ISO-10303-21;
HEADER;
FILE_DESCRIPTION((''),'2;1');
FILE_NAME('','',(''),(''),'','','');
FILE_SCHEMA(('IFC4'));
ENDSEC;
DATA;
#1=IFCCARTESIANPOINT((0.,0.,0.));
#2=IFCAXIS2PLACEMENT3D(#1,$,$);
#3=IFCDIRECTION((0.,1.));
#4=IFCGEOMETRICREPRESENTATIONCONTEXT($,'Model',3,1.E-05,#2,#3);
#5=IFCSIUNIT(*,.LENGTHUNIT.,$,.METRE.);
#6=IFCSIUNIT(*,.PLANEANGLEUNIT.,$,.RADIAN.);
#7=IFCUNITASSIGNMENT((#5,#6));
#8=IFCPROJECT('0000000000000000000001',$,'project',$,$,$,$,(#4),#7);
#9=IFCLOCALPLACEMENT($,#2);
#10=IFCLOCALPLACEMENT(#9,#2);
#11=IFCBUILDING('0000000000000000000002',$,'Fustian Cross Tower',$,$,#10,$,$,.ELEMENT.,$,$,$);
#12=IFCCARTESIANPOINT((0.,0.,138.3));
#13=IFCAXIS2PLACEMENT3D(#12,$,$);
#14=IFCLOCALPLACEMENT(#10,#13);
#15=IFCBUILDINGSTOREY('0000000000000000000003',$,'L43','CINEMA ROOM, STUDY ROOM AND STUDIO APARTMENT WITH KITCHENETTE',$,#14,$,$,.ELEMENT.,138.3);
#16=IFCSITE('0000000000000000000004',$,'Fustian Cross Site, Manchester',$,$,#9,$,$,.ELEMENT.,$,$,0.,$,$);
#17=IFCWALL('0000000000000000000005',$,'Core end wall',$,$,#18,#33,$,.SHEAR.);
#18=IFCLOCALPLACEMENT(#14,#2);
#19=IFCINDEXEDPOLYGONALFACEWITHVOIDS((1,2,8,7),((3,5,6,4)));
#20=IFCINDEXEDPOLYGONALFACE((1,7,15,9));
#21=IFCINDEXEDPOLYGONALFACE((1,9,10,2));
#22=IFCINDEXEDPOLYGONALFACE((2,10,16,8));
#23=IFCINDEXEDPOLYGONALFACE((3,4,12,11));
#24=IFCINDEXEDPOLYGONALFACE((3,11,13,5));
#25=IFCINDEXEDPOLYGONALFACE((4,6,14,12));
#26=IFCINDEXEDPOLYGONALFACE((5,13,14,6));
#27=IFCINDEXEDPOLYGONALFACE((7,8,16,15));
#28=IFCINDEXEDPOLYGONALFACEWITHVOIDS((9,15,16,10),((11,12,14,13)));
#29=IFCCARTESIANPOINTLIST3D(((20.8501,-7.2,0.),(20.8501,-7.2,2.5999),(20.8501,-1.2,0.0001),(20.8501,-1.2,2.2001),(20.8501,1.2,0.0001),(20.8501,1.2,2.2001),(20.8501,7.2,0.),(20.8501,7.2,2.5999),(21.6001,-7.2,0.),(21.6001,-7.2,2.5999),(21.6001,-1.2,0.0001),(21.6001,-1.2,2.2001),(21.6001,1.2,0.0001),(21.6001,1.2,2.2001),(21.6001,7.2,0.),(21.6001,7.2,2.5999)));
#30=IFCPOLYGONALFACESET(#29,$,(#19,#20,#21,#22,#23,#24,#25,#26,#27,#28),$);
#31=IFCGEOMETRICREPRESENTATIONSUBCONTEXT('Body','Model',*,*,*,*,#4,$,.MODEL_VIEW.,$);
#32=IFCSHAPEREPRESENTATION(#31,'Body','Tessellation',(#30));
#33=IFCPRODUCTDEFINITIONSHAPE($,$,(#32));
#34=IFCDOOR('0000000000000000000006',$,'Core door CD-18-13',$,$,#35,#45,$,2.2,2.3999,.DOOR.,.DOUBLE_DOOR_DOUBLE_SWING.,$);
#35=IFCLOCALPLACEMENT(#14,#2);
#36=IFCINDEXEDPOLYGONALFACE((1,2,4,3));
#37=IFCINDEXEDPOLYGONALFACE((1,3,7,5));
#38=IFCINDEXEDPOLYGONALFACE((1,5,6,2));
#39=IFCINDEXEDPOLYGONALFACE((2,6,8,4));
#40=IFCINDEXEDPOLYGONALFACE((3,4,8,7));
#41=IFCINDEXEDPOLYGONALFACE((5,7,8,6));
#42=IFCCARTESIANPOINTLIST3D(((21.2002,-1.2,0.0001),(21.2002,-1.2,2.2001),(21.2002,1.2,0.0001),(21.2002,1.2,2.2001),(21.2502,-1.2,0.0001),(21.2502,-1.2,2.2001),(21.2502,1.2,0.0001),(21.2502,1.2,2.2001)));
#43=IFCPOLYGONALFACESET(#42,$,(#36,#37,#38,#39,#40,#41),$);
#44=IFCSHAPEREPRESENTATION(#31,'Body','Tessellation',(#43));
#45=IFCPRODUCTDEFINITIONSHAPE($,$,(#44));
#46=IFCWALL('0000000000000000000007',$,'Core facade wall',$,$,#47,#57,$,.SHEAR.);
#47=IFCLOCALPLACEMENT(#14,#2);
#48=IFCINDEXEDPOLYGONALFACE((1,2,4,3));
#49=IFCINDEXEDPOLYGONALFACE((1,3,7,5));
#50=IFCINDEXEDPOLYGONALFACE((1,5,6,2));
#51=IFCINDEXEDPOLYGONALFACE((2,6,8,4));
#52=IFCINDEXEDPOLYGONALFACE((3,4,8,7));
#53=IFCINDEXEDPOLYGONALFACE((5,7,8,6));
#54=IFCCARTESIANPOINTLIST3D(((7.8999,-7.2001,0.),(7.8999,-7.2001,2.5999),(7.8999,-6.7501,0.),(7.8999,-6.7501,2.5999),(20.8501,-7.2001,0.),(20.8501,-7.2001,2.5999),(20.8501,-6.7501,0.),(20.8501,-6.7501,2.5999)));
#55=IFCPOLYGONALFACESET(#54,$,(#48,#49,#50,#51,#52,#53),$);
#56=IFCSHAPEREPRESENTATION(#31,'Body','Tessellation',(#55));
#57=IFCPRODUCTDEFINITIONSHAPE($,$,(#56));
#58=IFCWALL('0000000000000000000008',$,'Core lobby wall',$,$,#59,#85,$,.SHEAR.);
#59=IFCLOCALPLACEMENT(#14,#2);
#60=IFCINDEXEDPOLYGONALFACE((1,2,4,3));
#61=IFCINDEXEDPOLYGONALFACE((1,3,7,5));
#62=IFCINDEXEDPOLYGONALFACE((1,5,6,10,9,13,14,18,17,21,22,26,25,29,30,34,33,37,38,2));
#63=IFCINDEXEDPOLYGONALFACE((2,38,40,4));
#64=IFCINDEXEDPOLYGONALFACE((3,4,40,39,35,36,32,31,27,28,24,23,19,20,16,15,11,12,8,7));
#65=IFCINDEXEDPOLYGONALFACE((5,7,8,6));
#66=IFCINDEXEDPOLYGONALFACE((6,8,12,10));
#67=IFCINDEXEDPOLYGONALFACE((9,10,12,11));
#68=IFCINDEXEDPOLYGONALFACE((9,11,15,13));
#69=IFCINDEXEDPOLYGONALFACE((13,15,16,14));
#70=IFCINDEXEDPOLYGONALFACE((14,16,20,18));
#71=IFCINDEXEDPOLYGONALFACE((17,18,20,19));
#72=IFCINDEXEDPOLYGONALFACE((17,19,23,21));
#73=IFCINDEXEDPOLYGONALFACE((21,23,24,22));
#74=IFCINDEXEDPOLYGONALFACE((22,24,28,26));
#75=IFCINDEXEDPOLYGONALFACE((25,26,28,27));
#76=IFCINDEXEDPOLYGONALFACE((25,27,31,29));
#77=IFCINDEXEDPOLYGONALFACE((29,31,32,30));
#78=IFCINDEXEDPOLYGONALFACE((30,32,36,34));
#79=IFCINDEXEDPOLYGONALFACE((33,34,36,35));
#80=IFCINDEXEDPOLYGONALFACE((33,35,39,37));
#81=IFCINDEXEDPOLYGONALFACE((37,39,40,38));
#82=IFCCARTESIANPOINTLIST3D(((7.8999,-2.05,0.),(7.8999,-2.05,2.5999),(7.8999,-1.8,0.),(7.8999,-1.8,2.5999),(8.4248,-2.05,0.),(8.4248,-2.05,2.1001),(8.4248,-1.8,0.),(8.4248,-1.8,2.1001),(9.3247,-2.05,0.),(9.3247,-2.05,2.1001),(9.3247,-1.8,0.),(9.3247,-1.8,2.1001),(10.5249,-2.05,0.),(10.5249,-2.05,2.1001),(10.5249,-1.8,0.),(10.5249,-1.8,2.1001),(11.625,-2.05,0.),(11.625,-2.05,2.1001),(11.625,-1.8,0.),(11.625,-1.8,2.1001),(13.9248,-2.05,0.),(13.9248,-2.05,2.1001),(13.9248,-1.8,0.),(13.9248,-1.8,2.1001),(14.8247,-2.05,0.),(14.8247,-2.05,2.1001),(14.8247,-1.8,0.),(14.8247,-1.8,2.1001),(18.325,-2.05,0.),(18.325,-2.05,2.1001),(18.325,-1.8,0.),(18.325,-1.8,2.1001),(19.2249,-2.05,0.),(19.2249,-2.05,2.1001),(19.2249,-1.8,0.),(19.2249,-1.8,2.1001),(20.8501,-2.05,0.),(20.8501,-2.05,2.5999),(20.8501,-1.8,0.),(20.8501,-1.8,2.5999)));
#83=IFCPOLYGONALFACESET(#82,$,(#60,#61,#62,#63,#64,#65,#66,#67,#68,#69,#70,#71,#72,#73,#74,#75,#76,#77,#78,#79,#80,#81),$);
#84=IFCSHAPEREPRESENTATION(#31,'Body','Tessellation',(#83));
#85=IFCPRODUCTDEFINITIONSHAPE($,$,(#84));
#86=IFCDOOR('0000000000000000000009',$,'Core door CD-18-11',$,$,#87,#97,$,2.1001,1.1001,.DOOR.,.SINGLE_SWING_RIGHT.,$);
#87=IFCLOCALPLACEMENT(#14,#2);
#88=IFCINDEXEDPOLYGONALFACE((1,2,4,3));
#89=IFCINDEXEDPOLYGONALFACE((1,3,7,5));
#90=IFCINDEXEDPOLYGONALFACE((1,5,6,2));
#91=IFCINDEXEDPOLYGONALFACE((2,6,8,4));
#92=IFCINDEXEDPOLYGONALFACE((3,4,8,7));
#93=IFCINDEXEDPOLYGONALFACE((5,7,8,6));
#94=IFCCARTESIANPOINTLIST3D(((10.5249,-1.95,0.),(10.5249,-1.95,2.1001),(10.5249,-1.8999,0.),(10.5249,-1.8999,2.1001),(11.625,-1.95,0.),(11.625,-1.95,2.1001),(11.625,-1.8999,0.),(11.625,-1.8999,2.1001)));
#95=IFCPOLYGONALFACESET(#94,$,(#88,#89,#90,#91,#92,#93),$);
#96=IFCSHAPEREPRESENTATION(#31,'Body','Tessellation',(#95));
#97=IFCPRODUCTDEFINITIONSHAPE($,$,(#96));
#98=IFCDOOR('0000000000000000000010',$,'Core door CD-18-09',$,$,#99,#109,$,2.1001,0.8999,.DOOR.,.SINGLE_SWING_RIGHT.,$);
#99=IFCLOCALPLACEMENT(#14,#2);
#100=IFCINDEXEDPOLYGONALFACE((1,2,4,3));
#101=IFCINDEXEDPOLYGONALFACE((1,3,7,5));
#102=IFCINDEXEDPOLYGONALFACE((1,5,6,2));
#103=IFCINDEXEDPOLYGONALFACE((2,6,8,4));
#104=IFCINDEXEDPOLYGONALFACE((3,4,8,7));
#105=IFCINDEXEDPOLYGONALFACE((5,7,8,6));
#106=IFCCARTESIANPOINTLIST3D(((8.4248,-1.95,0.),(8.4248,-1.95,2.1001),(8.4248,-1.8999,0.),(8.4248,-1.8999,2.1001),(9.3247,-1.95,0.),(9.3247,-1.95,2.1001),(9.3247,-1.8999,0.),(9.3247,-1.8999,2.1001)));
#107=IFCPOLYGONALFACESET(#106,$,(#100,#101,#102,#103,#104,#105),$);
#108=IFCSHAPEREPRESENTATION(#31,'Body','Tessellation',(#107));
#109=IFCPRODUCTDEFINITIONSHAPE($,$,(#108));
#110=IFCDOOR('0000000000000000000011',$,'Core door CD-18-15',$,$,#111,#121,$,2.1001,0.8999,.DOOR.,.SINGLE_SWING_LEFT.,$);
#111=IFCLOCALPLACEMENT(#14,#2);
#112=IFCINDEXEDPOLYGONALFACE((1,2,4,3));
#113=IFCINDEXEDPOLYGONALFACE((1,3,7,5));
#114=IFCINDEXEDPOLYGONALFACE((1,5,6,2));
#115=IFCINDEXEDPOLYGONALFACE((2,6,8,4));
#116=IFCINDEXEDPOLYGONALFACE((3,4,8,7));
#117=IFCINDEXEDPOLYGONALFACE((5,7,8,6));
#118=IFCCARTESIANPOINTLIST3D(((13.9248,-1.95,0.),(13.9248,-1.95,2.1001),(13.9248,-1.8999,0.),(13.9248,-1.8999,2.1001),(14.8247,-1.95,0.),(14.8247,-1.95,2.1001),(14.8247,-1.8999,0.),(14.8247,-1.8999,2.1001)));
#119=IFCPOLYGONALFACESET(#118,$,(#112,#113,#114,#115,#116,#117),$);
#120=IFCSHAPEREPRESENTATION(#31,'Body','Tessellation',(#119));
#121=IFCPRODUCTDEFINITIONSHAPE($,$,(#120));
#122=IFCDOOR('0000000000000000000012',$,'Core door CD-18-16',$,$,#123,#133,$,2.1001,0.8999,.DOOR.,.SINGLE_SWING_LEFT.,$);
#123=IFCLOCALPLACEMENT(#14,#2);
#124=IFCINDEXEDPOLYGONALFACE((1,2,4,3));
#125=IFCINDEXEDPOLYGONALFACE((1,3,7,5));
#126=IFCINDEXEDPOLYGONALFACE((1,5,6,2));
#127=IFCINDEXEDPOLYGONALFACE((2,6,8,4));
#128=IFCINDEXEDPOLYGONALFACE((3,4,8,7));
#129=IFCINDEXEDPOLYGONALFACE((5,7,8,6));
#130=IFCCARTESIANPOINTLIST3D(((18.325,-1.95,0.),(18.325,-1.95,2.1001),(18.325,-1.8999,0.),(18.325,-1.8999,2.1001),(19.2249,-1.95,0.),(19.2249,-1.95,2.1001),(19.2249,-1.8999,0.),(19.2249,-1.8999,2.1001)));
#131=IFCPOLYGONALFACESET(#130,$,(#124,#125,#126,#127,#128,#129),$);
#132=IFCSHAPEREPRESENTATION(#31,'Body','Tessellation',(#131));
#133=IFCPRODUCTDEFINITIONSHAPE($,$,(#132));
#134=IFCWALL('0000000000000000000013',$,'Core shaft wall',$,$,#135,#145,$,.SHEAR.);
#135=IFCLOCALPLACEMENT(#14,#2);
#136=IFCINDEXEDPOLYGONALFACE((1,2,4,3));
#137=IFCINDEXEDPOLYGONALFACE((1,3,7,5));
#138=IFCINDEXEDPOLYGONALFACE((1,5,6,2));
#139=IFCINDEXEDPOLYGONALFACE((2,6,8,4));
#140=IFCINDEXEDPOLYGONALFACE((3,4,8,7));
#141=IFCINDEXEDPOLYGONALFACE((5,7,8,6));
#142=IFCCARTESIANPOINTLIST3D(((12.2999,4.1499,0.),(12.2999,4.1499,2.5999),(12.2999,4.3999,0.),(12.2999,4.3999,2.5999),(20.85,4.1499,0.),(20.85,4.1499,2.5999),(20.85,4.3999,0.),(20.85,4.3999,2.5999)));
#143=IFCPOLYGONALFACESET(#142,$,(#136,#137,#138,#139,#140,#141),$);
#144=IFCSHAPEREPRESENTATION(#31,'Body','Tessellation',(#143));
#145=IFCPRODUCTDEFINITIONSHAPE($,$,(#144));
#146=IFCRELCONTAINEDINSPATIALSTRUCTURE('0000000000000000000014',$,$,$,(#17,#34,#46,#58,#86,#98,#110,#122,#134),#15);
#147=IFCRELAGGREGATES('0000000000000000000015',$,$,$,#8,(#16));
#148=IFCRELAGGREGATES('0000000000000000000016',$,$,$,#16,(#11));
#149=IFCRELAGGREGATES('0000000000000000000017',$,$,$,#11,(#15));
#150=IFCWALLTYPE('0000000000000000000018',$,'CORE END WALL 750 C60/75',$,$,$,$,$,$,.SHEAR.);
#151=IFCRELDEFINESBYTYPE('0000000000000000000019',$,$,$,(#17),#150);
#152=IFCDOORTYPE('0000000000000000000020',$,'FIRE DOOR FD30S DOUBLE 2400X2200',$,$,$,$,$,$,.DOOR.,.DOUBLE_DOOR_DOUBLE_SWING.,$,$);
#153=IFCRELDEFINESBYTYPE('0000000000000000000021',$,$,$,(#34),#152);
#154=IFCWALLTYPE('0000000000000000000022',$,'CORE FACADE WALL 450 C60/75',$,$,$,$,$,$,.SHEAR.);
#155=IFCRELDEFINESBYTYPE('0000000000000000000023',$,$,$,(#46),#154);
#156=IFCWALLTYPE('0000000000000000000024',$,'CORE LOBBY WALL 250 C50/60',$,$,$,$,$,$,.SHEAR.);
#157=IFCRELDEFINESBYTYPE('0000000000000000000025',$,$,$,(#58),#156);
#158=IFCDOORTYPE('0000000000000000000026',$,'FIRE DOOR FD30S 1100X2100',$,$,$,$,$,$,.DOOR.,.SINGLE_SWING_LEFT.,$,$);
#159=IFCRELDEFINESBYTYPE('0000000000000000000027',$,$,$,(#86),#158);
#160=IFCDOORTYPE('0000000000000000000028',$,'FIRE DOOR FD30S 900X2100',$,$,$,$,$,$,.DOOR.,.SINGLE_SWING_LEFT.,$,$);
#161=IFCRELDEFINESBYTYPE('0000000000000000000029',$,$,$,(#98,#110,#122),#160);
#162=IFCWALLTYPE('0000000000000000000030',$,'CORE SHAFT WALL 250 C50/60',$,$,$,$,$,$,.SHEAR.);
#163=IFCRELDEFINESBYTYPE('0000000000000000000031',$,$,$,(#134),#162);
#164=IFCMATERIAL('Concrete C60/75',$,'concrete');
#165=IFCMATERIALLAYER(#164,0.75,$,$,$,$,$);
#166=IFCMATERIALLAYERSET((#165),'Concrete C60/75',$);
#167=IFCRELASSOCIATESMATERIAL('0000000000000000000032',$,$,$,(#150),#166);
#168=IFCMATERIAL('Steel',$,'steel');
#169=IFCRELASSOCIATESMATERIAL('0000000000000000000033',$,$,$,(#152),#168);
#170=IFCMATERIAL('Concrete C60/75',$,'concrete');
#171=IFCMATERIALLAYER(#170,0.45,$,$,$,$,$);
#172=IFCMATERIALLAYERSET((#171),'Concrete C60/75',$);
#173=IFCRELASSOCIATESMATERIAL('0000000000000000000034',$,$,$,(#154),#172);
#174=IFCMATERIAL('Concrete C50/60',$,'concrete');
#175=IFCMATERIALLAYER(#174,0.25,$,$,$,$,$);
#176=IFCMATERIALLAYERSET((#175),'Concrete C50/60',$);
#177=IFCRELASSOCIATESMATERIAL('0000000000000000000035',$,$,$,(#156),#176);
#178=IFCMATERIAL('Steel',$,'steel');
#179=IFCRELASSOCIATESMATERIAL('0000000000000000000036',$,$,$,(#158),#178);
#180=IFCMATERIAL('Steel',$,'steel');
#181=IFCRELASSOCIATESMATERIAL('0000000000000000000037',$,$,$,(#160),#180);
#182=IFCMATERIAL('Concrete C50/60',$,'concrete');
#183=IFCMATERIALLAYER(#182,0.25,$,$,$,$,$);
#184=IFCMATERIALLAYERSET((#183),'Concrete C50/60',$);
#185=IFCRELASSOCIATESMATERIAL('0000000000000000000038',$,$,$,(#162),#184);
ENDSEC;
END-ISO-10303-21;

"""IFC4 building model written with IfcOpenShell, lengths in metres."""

from ifc_helpers import new_model, si_unit, direction, frame, frame_2d, origin, place, context, subcontext, project, spatial, rectangle, extrude, material, layer, layer_set, type_object, element, fill, save


model = new_model("IFC4")

# Units and contexts
model_context = context("Model", 3, precision=1e-05, world=origin(), true_north=direction((0.0, 1.0)))
body_context = subcontext(model_context, "Body", "Model", "MODEL_VIEW")
ifc_project = project(units=[si_unit("LENGTHUNIT", "METRE"), si_unit("PLANEANGLEUNIT", "RADIAN")], contexts=[model_context])

# Site, building, storey
site_placement = place(None, origin())
site = spatial("IfcSite", under=ifc_project, at=site_placement, Name="Fustian Cross Site, Manchester", CompositionType="ELEMENT", RefElevation=0.0)
building_placement = place(site_placement, origin())
building = spatial("IfcBuilding", under=site, at=building_placement, Name="Fustian Cross Tower", CompositionType="ELEMENT")
storey_placement = place(building_placement, frame((0.0, 0.0, 138.3)))
storey = spatial("IfcBuildingStorey", under=building, at=storey_placement, Name="L43", Description="CINEMA ROOM, STUDY ROOM AND STUDIO APARTMENT WITH KITCHENETTE", CompositionType="ELEMENT", Elevation=138.3)

# Wall, opening, door
ifc_material_1 = material(Name="Concrete C60/75", Category="concrete")
ifc_layer_1 = layer(ifc_material_1, 0.75)
ifc_layer_set_1 = layer_set([ifc_layer_1], Name="Concrete C60/75")
wall_type_1 = type_object("IfcWallType", Name="CORE END WALL 750 C60/75", PredefinedType="SHEAR", material=ifc_layer_set_1)
wall_1_placement = place(storey_placement, frame((21.2251, -7.2, 0.0), z_axis=(0.0, 0.0, 1.0), x_axis=(0.0, 1.0, 0.0)))
wall_1 = element("IfcWall", 1, at=wall_1_placement, inside=storey, type_object=wall_type_1, Name="Core end wall", PredefinedType="SHEAR", context=body_context, shape_type="SweptSolid", body=[
    extrude(rectangle(XDim=14.3999, YDim=0.75, at=frame_2d((7.2, 0.0))), origin(), (0.0, 0.0, 1.0), 2.5999),
])
opening_1_placement = place(wall_1_placement, frame((6.0, 0.0, 0.0)))
opening_1 = element("IfcOpeningElement", 2, at=opening_1_placement, cuts=wall_1, PredefinedType="OPENING", context=body_context, shape_type="SweptSolid", body=[
    extrude(rectangle(XDim=2.3999, YDim=2.2, at=frame_2d((1.2, 1.1001))), frame((0.0, 0.385, 0.0), z_axis=(0.0, -1.0, 0.0), x_axis=(1.0, 0.0, 0.0)), (0.0, 0.0, 1.0), 0.77),
])
ifc_material_2 = material(Name="Steel", Category="steel")
door_type_1 = type_object("IfcDoorType", Name="FIRE DOOR FD30S DOUBLE 2400X2200", OperationType="DOUBLE_DOOR_DOUBLE_SWING", PredefinedType="DOOR", material=ifc_material_2)
door_1_placement = place(opening_1_placement, origin())
door_1 = element("IfcDoor", 3, at=door_1_placement, inside=storey, type_object=door_type_1, Name="Core door CD-18-13", OperationType="DOUBLE_DOOR_DOUBLE_SWING", OverallHeight=2.2, OverallWidth=2.3999, PredefinedType="DOOR", context=body_context, shape_type="SweptSolid", body=[
    extrude(rectangle(XDim=2.3999, YDim=2.2, at=frame_2d((1.2, 1.1001))), frame((0.0, 0.0249, 0.0), z_axis=(0.0, -1.0, 0.0), x_axis=(1.0, 0.0, 0.0)), (0.0, 0.0, 1.0), 0.05),
])
fill(opening_1, door_1)

# Wall
ifc_material_3 = material(Name="Concrete C60/75", Category="concrete")
ifc_layer_2 = layer(ifc_material_3, 0.45)
ifc_layer_set_2 = layer_set([ifc_layer_2], Name="Concrete C60/75")
wall_type_2 = type_object("IfcWallType", Name="CORE FACADE WALL 450 C60/75", PredefinedType="SHEAR", material=ifc_layer_set_2)
wall_2_placement = place(storey_placement, frame((7.8999, -6.9751, 0.0), z_axis=(0.0, 0.0, 1.0), x_axis=(1.0, 0.0, 0.0)))
element("IfcWall", 4, at=wall_2_placement, inside=storey, type_object=wall_type_2, Name="Core facade wall", PredefinedType="SHEAR", context=body_context, shape_type="SweptSolid", body=[
    extrude(rectangle(XDim=12.9502, YDim=0.45, at=frame_2d((6.4751, 0.0))), origin(), (0.0, 0.0, 1.0), 2.5999),
])

# Wall, openings, doors
ifc_material_4 = material(Name="Concrete C50/60", Category="concrete")
ifc_layer_3 = layer(ifc_material_4, 0.25)
ifc_layer_set_3 = layer_set([ifc_layer_3], Name="Concrete C50/60")
wall_type_3 = type_object("IfcWallType", Name="CORE LOBBY WALL 250 C50/60", PredefinedType="SHEAR", material=ifc_layer_set_3)
wall_3_placement = place(storey_placement, frame((7.8999, -1.925, 0.0), z_axis=(0.0, 0.0, 1.0), x_axis=(1.0, 0.0, 0.0)))
wall_3 = element("IfcWall", 5, at=wall_3_placement, inside=storey, type_object=wall_type_3, Name="Core lobby wall", PredefinedType="SHEAR", context=body_context, shape_type="SweptSolid", body=[
    extrude(rectangle(XDim=12.9502, YDim=0.25, at=frame_2d((6.4751, 0.0))), origin(), (0.0, 0.0, 1.0), 2.5999),
])
opening_2_placement = place(wall_3_placement, frame((0.5249, 0.0, 0.0)))
opening_2 = element("IfcOpeningElement", 6, at=opening_2_placement, cuts=wall_3, PredefinedType="OPENING", context=body_context, shape_type="SweptSolid", body=[
    extrude(rectangle(XDim=0.8999, YDim=2.1001, at=frame_2d((0.45, 1.05))), frame((0.0, 0.135, 0.0), z_axis=(0.0, -1.0, 0.0), x_axis=(1.0, 0.0, 0.0)), (0.0, 0.0, 1.0), 0.27),
])
opening_3_placement = place(wall_3_placement, frame((2.625, 0.0, 0.0)))
opening_3 = element("IfcOpeningElement", 7, at=opening_3_placement, cuts=wall_3, PredefinedType="OPENING", context=body_context, shape_type="SweptSolid", body=[
    extrude(rectangle(XDim=1.1001, YDim=2.1001, at=frame_2d((0.55, 1.05))), frame((0.0, 0.135, 0.0), z_axis=(0.0, -1.0, 0.0), x_axis=(1.0, 0.0, 0.0)), (0.0, 0.0, 1.0), 0.27),
])
opening_4_placement = place(wall_3_placement, frame((6.0249, 0.0, 0.0)))
opening_4 = element("IfcOpeningElement", 8, at=opening_4_placement, cuts=wall_3, PredefinedType="OPENING", context=body_context, shape_type="SweptSolid", body=[
    extrude(rectangle(XDim=0.8999, YDim=2.1001, at=frame_2d((0.45, 1.05))), frame((0.0, 0.135, 0.0), z_axis=(0.0, -1.0, 0.0), x_axis=(1.0, 0.0, 0.0)), (0.0, 0.0, 1.0), 0.27),
])
opening_5_placement = place(wall_3_placement, frame((10.425, 0.0, 0.0)))
opening_5 = element("IfcOpeningElement", 9, at=opening_5_placement, cuts=wall_3, PredefinedType="OPENING", context=body_context, shape_type="SweptSolid", body=[
    extrude(rectangle(XDim=0.8999, YDim=2.1001, at=frame_2d((0.45, 1.05))), frame((0.0, 0.135, 0.0), z_axis=(0.0, -1.0, 0.0), x_axis=(1.0, 0.0, 0.0)), (0.0, 0.0, 1.0), 0.27),
])
ifc_material_5 = material(Name="Steel", Category="steel")
door_type_2 = type_object("IfcDoorType", Name="FIRE DOOR FD30S 1100X2100", OperationType="SINGLE_SWING_LEFT", PredefinedType="DOOR", material=ifc_material_5)
door_2_placement = place(opening_3_placement, frame((1.1001, 0.0, 0.0), z_axis=(0.0, 0.0, 1.0), x_axis=(-1.0, 0.0, 0.0)))
door_2 = element("IfcDoor", 10, at=door_2_placement, inside=storey, type_object=door_type_2, Name="Core door CD-18-11", OperationType="SINGLE_SWING_RIGHT", OverallHeight=2.1001, OverallWidth=1.1001, PredefinedType="DOOR", context=body_context, shape_type="SweptSolid", body=[
    extrude(rectangle(XDim=1.1001, YDim=2.1001, at=frame_2d((0.55, 1.05))), frame((0.0, 0.0249, 0.0), z_axis=(0.0, -1.0, 0.0), x_axis=(1.0, 0.0, 0.0)), (0.0, 0.0, 1.0), 0.05),
])
fill(opening_3, door_2)
ifc_material_6 = material(Name="Steel", Category="steel")
door_type_3 = type_object("IfcDoorType", Name="FIRE DOOR FD30S 900X2100", OperationType="SINGLE_SWING_LEFT", PredefinedType="DOOR", material=ifc_material_6)
door_3_placement = place(opening_2_placement, frame((0.8999, 0.0, 0.0), z_axis=(0.0, 0.0, 1.0), x_axis=(-1.0, 0.0, 0.0)))
door_3 = element("IfcDoor", 11, at=door_3_placement, inside=storey, type_object=door_type_3, Name="Core door CD-18-09", OperationType="SINGLE_SWING_RIGHT", OverallHeight=2.1001, OverallWidth=0.8999, PredefinedType="DOOR", context=body_context, shape_type="SweptSolid", body=[
    extrude(rectangle(XDim=0.8999, YDim=2.1001, at=frame_2d((0.45, 1.05))), frame((0.0, 0.0249, 0.0), z_axis=(0.0, -1.0, 0.0), x_axis=(1.0, 0.0, 0.0)), (0.0, 0.0, 1.0), 0.05),
])
fill(opening_2, door_3)
door_4_placement = place(opening_4_placement, frame((0.8999, 0.0, 0.0), z_axis=(0.0, 0.0, 1.0), x_axis=(-1.0, 0.0, 0.0)))
door_4 = element("IfcDoor", 12, at=door_4_placement, inside=storey, type_object=door_type_3, Name="Core door CD-18-15", OperationType="SINGLE_SWING_LEFT", OverallHeight=2.1001, OverallWidth=0.8999, PredefinedType="DOOR", context=body_context, shape_type="SweptSolid", body=[
    extrude(rectangle(XDim=0.8999, YDim=2.1001, at=frame_2d((0.45, 1.05))), frame((0.0, 0.0249, 0.0), z_axis=(0.0, -1.0, 0.0), x_axis=(1.0, 0.0, 0.0)), (0.0, 0.0, 1.0), 0.05),
])
fill(opening_4, door_4)
door_5_placement = place(opening_5_placement, frame((0.8999, 0.0, 0.0), z_axis=(0.0, 0.0, 1.0), x_axis=(-1.0, 0.0, 0.0)))
door_5 = element("IfcDoor", 13, at=door_5_placement, inside=storey, type_object=door_type_3, Name="Core door CD-18-16", OperationType="SINGLE_SWING_LEFT", OverallHeight=2.1001, OverallWidth=0.8999, PredefinedType="DOOR", context=body_context, shape_type="SweptSolid", body=[
    extrude(rectangle(XDim=0.8999, YDim=2.1001, at=frame_2d((0.45, 1.05))), frame((0.0, 0.0249, 0.0), z_axis=(0.0, -1.0, 0.0), x_axis=(1.0, 0.0, 0.0)), (0.0, 0.0, 1.0), 0.05),
])
fill(opening_5, door_5)

# Wall
ifc_material_7 = material(Name="Concrete C50/60", Category="concrete")
ifc_layer_4 = layer(ifc_material_7, 0.25)
ifc_layer_set_4 = layer_set([ifc_layer_4], Name="Concrete C50/60")
wall_type_4 = type_object("IfcWallType", Name="CORE SHAFT WALL 250 C50/60", PredefinedType="SHEAR", material=ifc_layer_set_4)
wall_4_placement = place(storey_placement, frame((12.3, 4.2749, 0.0), z_axis=(0.0, 0.0, 1.0), x_axis=(1.0, 0.0, 0.0)))
element("IfcWall", 14, at=wall_4_placement, inside=storey, type_object=wall_type_4, Name="Core shaft wall", PredefinedType="SHEAR", context=body_context, shape_type="SweptSolid", body=[
    extrude(rectangle(XDim=8.55, YDim=0.25, at=frame_2d((4.2749, 0.0))), origin(), (0.0, 0.0, 1.0), 2.5999),
])

save(model, "model.ifc")
